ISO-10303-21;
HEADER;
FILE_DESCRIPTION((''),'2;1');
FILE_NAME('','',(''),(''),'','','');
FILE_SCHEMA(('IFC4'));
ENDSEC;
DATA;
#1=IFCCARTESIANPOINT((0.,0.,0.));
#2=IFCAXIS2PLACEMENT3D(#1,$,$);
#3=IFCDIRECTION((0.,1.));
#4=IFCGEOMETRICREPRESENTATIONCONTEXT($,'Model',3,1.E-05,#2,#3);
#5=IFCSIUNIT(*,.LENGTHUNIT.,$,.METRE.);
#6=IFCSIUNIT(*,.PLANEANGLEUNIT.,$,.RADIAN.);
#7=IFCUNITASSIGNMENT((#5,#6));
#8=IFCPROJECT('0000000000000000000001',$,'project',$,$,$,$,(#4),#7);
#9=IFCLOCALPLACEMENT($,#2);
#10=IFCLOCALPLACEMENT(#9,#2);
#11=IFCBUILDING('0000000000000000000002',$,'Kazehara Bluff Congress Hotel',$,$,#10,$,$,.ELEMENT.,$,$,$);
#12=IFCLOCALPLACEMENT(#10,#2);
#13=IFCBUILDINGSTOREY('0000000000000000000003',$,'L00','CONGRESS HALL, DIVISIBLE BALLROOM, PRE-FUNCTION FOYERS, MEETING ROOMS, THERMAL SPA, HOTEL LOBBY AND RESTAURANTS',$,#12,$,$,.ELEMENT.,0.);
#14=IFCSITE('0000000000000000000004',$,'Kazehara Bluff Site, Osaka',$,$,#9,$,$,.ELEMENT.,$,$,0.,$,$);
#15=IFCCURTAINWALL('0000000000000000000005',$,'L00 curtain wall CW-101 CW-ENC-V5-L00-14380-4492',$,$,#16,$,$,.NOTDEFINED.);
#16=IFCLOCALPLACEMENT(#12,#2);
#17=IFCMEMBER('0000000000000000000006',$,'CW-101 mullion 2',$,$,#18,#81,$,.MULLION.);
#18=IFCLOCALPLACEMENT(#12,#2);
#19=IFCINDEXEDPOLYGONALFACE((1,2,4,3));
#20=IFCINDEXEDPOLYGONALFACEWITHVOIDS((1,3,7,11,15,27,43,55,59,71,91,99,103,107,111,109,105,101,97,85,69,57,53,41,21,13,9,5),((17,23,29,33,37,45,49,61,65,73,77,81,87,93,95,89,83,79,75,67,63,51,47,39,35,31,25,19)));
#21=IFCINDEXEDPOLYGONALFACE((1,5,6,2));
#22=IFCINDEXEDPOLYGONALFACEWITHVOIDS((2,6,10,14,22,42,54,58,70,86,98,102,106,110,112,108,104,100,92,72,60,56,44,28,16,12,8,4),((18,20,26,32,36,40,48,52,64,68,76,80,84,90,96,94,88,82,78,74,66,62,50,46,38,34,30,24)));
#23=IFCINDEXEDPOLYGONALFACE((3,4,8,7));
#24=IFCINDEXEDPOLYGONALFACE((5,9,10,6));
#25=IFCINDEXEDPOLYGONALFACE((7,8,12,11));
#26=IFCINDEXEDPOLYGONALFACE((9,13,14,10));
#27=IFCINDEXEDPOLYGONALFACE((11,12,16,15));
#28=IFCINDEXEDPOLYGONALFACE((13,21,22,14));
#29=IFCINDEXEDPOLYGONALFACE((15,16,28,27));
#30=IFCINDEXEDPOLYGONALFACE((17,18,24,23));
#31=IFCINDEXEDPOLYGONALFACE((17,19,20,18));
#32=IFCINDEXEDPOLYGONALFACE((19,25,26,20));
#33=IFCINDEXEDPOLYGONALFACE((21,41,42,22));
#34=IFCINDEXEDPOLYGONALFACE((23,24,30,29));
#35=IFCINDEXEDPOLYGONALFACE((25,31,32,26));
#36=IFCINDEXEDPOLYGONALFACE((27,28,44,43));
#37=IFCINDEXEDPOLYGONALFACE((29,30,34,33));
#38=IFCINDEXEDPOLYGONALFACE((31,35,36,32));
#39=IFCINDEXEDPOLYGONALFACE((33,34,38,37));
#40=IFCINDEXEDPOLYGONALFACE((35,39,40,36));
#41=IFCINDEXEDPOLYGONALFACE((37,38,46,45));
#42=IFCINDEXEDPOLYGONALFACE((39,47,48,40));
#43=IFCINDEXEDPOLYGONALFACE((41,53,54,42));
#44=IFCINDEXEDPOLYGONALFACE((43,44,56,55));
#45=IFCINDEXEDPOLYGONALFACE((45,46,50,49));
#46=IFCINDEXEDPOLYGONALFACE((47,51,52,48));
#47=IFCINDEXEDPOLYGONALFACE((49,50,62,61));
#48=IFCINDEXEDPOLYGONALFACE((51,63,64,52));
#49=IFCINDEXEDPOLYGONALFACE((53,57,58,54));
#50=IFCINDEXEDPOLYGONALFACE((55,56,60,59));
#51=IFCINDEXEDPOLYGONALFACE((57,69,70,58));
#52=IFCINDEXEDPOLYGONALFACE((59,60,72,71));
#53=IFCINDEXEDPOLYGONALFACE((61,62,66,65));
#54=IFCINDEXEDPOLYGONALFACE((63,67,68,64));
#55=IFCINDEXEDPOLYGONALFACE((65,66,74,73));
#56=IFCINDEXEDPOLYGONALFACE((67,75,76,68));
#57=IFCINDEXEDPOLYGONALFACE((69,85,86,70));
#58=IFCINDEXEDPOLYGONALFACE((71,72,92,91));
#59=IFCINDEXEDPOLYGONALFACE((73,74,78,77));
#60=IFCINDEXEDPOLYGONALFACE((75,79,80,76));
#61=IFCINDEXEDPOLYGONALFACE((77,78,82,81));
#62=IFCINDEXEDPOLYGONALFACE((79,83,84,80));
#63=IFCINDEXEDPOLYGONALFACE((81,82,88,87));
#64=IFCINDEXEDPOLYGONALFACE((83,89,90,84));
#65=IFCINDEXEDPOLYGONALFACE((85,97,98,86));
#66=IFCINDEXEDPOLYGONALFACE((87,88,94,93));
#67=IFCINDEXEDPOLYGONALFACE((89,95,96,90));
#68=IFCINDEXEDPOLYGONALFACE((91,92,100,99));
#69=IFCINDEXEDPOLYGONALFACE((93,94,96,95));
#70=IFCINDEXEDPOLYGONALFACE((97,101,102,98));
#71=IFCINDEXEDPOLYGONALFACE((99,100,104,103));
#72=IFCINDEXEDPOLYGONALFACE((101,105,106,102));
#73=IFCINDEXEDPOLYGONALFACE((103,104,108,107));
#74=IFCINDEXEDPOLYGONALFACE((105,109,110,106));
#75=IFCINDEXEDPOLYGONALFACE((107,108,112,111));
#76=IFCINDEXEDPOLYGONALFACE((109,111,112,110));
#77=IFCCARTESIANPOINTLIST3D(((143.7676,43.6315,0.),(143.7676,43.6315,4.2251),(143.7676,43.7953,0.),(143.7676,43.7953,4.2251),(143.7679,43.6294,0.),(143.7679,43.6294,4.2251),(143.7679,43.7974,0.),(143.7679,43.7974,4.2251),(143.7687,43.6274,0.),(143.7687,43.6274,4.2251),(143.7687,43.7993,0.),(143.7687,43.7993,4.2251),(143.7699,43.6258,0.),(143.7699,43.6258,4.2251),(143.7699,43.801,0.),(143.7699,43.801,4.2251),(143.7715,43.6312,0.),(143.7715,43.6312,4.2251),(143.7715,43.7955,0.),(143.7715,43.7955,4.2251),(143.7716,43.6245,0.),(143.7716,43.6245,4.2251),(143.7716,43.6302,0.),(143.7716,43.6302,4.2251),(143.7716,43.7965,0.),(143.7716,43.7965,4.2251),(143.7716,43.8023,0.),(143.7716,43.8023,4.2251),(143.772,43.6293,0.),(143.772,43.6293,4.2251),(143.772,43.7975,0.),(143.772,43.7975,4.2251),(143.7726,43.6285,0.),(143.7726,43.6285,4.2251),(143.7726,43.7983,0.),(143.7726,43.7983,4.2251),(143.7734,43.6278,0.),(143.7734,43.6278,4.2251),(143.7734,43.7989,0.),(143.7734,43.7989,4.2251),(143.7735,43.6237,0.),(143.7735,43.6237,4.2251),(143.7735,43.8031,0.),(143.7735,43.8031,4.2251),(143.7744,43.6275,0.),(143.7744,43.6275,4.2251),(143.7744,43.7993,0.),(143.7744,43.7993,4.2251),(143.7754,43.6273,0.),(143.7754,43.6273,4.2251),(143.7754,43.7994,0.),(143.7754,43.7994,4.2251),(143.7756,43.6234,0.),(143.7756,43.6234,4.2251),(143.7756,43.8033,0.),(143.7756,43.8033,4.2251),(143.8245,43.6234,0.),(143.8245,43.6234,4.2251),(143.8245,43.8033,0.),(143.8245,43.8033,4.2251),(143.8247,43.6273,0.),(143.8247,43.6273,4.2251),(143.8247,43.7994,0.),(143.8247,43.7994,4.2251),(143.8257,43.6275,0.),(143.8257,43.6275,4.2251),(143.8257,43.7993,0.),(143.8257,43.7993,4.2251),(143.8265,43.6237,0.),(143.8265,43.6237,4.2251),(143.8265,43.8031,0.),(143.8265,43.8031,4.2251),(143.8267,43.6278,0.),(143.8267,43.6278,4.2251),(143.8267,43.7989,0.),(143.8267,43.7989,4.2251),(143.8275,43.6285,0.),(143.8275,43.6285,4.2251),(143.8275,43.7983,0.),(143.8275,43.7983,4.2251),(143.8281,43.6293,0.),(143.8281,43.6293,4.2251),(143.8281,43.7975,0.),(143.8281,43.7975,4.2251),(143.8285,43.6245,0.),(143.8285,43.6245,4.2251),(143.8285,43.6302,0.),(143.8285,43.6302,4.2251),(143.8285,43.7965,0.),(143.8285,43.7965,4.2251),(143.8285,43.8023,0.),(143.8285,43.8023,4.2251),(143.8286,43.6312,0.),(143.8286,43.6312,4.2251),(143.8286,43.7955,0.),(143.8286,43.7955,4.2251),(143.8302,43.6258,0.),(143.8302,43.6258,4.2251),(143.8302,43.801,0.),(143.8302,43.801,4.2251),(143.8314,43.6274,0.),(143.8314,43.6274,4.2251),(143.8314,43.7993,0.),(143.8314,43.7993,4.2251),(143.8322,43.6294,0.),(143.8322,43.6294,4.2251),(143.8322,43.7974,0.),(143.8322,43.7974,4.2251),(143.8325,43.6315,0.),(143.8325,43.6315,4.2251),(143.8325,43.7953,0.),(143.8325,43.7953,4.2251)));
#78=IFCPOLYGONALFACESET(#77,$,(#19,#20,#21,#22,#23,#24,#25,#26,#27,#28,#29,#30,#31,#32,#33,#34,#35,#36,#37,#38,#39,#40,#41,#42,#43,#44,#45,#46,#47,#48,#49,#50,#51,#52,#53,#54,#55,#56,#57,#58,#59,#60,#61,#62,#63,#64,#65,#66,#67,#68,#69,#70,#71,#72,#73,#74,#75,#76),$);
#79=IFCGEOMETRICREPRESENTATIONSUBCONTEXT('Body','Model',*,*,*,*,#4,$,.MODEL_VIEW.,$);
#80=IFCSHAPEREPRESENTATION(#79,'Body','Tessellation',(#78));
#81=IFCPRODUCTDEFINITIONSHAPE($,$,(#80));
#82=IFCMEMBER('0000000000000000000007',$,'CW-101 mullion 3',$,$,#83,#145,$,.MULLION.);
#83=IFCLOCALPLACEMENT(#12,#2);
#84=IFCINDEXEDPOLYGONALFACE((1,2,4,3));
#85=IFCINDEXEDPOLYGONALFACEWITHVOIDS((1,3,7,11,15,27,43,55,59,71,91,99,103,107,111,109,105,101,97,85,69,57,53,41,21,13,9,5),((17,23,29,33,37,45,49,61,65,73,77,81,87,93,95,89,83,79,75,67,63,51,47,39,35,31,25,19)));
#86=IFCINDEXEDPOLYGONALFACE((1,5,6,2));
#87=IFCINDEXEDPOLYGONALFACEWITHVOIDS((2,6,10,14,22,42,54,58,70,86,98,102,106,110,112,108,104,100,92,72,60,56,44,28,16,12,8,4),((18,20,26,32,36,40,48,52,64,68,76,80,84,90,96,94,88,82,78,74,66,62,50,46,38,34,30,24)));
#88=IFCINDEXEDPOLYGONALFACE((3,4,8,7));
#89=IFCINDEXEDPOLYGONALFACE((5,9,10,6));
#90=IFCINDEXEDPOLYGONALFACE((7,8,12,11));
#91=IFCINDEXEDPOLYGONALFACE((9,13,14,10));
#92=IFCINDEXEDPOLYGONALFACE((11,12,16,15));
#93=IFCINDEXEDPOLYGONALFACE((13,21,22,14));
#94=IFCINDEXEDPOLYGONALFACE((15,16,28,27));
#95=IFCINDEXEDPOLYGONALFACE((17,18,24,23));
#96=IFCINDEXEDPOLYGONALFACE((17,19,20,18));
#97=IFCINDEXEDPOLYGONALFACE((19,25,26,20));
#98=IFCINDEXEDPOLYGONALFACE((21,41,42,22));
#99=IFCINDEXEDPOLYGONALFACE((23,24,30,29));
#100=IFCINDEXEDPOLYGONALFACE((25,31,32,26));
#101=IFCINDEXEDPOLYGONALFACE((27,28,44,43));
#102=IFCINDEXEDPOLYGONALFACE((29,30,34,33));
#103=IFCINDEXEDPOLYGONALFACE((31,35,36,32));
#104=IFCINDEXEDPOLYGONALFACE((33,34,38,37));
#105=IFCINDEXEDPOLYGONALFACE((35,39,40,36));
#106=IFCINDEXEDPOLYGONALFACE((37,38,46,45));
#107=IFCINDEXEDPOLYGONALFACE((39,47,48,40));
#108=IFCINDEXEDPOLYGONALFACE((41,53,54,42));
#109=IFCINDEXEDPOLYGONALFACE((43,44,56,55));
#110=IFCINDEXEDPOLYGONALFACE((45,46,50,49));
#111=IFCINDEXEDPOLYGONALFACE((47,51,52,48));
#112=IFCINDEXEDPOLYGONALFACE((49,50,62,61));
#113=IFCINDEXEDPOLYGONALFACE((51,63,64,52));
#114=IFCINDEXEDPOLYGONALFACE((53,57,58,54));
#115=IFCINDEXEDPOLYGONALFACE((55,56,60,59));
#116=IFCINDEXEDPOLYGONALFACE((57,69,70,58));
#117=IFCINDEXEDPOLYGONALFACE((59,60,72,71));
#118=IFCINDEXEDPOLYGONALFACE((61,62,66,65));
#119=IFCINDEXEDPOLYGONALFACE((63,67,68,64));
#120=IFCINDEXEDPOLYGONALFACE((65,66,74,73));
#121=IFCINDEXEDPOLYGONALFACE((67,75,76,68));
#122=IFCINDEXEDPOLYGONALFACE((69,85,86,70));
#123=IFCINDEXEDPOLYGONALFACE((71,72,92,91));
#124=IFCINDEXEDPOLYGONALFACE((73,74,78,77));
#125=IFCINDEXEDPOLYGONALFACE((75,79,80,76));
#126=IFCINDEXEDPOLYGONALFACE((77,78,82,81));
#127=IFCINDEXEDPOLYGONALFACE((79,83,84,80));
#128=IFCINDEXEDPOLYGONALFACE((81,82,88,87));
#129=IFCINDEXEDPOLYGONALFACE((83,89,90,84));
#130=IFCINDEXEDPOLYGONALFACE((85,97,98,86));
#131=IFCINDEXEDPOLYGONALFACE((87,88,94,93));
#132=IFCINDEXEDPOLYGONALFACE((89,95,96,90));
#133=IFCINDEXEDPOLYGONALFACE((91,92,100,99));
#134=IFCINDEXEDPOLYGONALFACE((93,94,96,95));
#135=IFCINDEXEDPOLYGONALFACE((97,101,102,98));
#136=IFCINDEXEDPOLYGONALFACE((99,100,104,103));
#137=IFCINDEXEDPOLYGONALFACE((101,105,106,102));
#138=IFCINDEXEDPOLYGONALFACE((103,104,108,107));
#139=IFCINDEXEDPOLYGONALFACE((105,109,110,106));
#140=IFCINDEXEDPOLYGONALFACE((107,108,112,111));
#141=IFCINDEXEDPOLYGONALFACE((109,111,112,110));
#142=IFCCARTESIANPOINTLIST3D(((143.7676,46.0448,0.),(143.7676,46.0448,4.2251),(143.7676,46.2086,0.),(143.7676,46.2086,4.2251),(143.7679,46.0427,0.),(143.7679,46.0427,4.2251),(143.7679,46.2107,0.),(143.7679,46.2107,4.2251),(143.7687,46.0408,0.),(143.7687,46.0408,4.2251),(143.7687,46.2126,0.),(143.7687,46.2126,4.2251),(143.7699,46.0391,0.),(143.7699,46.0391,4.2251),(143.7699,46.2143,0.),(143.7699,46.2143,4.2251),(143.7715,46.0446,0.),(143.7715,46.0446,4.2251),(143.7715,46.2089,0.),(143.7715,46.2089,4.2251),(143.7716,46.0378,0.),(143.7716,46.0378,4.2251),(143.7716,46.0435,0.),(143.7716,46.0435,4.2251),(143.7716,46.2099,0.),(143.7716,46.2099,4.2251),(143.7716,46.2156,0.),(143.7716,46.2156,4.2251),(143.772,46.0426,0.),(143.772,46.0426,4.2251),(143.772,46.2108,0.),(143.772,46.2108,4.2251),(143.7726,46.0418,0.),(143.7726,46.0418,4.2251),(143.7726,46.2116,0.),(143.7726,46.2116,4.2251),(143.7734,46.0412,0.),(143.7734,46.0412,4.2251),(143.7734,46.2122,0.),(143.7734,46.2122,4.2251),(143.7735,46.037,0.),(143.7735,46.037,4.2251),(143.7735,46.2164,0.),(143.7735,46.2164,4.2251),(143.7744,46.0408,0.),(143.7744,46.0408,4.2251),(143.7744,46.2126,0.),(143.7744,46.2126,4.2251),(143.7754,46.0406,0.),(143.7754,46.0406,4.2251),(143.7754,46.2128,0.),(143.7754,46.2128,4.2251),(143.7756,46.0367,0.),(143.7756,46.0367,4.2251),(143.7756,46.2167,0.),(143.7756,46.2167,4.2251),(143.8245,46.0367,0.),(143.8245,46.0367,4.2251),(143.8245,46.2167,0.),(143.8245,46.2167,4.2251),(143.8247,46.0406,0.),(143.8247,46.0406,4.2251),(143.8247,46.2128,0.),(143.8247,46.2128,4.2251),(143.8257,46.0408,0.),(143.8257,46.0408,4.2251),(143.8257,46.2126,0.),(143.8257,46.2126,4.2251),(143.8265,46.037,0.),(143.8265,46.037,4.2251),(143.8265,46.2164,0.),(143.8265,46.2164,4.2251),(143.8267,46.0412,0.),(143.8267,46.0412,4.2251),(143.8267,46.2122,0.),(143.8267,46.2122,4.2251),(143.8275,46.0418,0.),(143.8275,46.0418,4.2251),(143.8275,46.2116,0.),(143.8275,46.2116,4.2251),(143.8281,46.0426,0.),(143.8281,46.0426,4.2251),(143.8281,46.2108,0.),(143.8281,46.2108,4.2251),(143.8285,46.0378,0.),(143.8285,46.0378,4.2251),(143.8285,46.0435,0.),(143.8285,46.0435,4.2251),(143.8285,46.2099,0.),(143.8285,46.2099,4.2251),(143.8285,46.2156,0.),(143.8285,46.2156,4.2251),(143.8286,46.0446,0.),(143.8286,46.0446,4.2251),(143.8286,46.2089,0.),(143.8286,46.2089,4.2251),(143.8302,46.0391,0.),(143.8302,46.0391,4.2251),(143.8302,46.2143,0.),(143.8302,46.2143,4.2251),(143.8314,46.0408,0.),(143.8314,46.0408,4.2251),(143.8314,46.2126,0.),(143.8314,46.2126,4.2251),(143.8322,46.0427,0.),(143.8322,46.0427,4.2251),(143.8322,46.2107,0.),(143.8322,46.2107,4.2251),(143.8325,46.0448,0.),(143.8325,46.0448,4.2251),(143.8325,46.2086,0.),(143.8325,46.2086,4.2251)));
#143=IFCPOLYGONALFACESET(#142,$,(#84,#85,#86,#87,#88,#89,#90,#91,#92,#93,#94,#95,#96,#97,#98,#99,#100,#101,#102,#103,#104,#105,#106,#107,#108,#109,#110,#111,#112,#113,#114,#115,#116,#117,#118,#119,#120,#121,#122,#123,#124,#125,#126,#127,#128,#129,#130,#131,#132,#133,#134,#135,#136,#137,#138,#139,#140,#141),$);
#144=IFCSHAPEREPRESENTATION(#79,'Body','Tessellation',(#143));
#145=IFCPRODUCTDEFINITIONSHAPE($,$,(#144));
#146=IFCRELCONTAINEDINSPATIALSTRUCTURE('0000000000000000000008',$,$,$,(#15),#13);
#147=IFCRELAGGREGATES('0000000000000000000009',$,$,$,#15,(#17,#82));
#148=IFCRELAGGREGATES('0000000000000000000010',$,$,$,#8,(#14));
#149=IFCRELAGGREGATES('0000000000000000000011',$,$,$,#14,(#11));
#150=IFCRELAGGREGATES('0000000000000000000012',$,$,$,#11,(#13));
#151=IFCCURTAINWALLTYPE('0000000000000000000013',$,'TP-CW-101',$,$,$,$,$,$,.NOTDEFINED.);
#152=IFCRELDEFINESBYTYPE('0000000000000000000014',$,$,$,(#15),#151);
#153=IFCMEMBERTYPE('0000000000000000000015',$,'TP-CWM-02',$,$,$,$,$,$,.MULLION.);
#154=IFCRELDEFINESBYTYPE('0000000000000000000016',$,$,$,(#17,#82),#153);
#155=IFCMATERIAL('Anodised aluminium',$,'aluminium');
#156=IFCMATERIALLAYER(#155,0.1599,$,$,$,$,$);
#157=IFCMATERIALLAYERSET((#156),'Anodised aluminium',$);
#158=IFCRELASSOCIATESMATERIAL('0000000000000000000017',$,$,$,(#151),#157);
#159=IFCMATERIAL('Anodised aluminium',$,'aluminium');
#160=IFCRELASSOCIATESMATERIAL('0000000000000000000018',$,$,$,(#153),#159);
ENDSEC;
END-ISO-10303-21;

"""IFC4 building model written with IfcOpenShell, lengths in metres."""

from ifc_helpers import new_model, si_unit, direction, frame, origin, origin_2d, place, context, subcontext, project, spatial, hollow_rectangle, extrude, material, layer, layer_set, material_profile, profile_set, type_object, element, aggregate, save


model = new_model("IFC4")

# Units and contexts
model_context = context("Model", 3, precision=1e-05, world=origin(), true_north=direction((0.0, 1.0)))
body_context = subcontext(model_context, "Body", "Model", "MODEL_VIEW")
ifc_project = project(units=[si_unit("LENGTHUNIT", "METRE"), si_unit("PLANEANGLEUNIT", "RADIAN")], contexts=[model_context])

# Site, building, storey
site_placement = place(None, origin())
site = spatial("IfcSite", under=ifc_project, at=site_placement, Name="Kazehara Bluff Site, Osaka", CompositionType="ELEMENT", RefElevation=0.0)
building_placement = place(site_placement, origin())
building = spatial("IfcBuilding", under=site, at=building_placement, Name="Kazehara Bluff Congress Hotel", CompositionType="ELEMENT")
storey_placement = place(building_placement, origin())
storey = spatial("IfcBuildingStorey", under=building, at=storey_placement, Name="L00", Description="CONGRESS HALL, DIVISIBLE BALLROOM, PRE-FUNCTION FOYERS, MEETING ROOMS, THERMAL SPA, HOTEL LOBBY AND RESTAURANTS", CompositionType="ELEMENT", Elevation=0.0)

# Curtain wall, members
ifc_material_1 = material(Name="Anodised aluminium", Category="aluminium")
ifc_layer_1 = layer(ifc_material_1, 0.1599)
ifc_layer_set_1 = layer_set([ifc_layer_1], Name="Anodised aluminium")
curtain_wall_type_1 = type_object("IfcCurtainWallType", Name="TP-CW-101", PredefinedType="NOTDEFINED", material=ifc_layer_set_1)
curtain_wall_1_placement = place(storey_placement, origin())
curtain_wall_1 = element("IfcCurtainWall", 1, at=curtain_wall_1_placement, inside=storey, type_object=curtain_wall_type_1, Name="L00 curtain wall CW-101 CW-ENC-V5-L00-14380-4492", PredefinedType="NOTDEFINED")
ifc_material_2 = material(Name="Anodised aluminium", Category="aluminium")
ifc_material_profile_1 = material_profile(ifc_material_2, hollow_rectangle(XDim=0.0649, YDim=0.1799, WallThickness=0.0039, InnerFilletRadius=0.0039, OuterFilletRadius=0.0081, at=origin_2d()))
ifc_profile_set_1 = profile_set([ifc_material_profile_1], Name="Anodised aluminium")
member_type_1 = type_object("IfcMemberType", Name="TP-CWM-02", PredefinedType="MULLION", material=ifc_profile_set_1)
member_1_placement = place(storey_placement, frame((143.8, 43.7134, 0.0), z_axis=(0.0, 0.0, 1.0), x_axis=(-1.0, 0.0, 0.0)))
member_1 = element("IfcMember", 2, at=member_1_placement, type_object=member_type_1, Name="CW-101 mullion 2", PredefinedType="MULLION", context=body_context, shape_type="SweptSolid", body=[
    extrude(hollow_rectangle(XDim=0.0649, YDim=0.1799, WallThickness=0.0039, InnerFilletRadius=0.0039, OuterFilletRadius=0.0081, at=origin_2d()), origin(), (0.0, 0.0, 1.0), 4.2251),
])
member_2_placement = place(storey_placement, frame((143.8, 46.1267, 0.0), z_axis=(0.0, 0.0, 1.0), x_axis=(-1.0, 0.0, 0.0)))
member_2 = element("IfcMember", 3, at=member_2_placement, type_object=member_type_1, Name="CW-101 mullion 3", PredefinedType="MULLION", context=body_context, shape_type="SweptSolid", body=[
    extrude(hollow_rectangle(XDim=0.0649, YDim=0.1799, WallThickness=0.0039, InnerFilletRadius=0.0039, OuterFilletRadius=0.0081, at=origin_2d()), origin(), (0.0, 0.0, 1.0), 4.2251),
])

aggregate(curtain_wall_1, [member_1, member_2])

save(model, "model.ifc")
